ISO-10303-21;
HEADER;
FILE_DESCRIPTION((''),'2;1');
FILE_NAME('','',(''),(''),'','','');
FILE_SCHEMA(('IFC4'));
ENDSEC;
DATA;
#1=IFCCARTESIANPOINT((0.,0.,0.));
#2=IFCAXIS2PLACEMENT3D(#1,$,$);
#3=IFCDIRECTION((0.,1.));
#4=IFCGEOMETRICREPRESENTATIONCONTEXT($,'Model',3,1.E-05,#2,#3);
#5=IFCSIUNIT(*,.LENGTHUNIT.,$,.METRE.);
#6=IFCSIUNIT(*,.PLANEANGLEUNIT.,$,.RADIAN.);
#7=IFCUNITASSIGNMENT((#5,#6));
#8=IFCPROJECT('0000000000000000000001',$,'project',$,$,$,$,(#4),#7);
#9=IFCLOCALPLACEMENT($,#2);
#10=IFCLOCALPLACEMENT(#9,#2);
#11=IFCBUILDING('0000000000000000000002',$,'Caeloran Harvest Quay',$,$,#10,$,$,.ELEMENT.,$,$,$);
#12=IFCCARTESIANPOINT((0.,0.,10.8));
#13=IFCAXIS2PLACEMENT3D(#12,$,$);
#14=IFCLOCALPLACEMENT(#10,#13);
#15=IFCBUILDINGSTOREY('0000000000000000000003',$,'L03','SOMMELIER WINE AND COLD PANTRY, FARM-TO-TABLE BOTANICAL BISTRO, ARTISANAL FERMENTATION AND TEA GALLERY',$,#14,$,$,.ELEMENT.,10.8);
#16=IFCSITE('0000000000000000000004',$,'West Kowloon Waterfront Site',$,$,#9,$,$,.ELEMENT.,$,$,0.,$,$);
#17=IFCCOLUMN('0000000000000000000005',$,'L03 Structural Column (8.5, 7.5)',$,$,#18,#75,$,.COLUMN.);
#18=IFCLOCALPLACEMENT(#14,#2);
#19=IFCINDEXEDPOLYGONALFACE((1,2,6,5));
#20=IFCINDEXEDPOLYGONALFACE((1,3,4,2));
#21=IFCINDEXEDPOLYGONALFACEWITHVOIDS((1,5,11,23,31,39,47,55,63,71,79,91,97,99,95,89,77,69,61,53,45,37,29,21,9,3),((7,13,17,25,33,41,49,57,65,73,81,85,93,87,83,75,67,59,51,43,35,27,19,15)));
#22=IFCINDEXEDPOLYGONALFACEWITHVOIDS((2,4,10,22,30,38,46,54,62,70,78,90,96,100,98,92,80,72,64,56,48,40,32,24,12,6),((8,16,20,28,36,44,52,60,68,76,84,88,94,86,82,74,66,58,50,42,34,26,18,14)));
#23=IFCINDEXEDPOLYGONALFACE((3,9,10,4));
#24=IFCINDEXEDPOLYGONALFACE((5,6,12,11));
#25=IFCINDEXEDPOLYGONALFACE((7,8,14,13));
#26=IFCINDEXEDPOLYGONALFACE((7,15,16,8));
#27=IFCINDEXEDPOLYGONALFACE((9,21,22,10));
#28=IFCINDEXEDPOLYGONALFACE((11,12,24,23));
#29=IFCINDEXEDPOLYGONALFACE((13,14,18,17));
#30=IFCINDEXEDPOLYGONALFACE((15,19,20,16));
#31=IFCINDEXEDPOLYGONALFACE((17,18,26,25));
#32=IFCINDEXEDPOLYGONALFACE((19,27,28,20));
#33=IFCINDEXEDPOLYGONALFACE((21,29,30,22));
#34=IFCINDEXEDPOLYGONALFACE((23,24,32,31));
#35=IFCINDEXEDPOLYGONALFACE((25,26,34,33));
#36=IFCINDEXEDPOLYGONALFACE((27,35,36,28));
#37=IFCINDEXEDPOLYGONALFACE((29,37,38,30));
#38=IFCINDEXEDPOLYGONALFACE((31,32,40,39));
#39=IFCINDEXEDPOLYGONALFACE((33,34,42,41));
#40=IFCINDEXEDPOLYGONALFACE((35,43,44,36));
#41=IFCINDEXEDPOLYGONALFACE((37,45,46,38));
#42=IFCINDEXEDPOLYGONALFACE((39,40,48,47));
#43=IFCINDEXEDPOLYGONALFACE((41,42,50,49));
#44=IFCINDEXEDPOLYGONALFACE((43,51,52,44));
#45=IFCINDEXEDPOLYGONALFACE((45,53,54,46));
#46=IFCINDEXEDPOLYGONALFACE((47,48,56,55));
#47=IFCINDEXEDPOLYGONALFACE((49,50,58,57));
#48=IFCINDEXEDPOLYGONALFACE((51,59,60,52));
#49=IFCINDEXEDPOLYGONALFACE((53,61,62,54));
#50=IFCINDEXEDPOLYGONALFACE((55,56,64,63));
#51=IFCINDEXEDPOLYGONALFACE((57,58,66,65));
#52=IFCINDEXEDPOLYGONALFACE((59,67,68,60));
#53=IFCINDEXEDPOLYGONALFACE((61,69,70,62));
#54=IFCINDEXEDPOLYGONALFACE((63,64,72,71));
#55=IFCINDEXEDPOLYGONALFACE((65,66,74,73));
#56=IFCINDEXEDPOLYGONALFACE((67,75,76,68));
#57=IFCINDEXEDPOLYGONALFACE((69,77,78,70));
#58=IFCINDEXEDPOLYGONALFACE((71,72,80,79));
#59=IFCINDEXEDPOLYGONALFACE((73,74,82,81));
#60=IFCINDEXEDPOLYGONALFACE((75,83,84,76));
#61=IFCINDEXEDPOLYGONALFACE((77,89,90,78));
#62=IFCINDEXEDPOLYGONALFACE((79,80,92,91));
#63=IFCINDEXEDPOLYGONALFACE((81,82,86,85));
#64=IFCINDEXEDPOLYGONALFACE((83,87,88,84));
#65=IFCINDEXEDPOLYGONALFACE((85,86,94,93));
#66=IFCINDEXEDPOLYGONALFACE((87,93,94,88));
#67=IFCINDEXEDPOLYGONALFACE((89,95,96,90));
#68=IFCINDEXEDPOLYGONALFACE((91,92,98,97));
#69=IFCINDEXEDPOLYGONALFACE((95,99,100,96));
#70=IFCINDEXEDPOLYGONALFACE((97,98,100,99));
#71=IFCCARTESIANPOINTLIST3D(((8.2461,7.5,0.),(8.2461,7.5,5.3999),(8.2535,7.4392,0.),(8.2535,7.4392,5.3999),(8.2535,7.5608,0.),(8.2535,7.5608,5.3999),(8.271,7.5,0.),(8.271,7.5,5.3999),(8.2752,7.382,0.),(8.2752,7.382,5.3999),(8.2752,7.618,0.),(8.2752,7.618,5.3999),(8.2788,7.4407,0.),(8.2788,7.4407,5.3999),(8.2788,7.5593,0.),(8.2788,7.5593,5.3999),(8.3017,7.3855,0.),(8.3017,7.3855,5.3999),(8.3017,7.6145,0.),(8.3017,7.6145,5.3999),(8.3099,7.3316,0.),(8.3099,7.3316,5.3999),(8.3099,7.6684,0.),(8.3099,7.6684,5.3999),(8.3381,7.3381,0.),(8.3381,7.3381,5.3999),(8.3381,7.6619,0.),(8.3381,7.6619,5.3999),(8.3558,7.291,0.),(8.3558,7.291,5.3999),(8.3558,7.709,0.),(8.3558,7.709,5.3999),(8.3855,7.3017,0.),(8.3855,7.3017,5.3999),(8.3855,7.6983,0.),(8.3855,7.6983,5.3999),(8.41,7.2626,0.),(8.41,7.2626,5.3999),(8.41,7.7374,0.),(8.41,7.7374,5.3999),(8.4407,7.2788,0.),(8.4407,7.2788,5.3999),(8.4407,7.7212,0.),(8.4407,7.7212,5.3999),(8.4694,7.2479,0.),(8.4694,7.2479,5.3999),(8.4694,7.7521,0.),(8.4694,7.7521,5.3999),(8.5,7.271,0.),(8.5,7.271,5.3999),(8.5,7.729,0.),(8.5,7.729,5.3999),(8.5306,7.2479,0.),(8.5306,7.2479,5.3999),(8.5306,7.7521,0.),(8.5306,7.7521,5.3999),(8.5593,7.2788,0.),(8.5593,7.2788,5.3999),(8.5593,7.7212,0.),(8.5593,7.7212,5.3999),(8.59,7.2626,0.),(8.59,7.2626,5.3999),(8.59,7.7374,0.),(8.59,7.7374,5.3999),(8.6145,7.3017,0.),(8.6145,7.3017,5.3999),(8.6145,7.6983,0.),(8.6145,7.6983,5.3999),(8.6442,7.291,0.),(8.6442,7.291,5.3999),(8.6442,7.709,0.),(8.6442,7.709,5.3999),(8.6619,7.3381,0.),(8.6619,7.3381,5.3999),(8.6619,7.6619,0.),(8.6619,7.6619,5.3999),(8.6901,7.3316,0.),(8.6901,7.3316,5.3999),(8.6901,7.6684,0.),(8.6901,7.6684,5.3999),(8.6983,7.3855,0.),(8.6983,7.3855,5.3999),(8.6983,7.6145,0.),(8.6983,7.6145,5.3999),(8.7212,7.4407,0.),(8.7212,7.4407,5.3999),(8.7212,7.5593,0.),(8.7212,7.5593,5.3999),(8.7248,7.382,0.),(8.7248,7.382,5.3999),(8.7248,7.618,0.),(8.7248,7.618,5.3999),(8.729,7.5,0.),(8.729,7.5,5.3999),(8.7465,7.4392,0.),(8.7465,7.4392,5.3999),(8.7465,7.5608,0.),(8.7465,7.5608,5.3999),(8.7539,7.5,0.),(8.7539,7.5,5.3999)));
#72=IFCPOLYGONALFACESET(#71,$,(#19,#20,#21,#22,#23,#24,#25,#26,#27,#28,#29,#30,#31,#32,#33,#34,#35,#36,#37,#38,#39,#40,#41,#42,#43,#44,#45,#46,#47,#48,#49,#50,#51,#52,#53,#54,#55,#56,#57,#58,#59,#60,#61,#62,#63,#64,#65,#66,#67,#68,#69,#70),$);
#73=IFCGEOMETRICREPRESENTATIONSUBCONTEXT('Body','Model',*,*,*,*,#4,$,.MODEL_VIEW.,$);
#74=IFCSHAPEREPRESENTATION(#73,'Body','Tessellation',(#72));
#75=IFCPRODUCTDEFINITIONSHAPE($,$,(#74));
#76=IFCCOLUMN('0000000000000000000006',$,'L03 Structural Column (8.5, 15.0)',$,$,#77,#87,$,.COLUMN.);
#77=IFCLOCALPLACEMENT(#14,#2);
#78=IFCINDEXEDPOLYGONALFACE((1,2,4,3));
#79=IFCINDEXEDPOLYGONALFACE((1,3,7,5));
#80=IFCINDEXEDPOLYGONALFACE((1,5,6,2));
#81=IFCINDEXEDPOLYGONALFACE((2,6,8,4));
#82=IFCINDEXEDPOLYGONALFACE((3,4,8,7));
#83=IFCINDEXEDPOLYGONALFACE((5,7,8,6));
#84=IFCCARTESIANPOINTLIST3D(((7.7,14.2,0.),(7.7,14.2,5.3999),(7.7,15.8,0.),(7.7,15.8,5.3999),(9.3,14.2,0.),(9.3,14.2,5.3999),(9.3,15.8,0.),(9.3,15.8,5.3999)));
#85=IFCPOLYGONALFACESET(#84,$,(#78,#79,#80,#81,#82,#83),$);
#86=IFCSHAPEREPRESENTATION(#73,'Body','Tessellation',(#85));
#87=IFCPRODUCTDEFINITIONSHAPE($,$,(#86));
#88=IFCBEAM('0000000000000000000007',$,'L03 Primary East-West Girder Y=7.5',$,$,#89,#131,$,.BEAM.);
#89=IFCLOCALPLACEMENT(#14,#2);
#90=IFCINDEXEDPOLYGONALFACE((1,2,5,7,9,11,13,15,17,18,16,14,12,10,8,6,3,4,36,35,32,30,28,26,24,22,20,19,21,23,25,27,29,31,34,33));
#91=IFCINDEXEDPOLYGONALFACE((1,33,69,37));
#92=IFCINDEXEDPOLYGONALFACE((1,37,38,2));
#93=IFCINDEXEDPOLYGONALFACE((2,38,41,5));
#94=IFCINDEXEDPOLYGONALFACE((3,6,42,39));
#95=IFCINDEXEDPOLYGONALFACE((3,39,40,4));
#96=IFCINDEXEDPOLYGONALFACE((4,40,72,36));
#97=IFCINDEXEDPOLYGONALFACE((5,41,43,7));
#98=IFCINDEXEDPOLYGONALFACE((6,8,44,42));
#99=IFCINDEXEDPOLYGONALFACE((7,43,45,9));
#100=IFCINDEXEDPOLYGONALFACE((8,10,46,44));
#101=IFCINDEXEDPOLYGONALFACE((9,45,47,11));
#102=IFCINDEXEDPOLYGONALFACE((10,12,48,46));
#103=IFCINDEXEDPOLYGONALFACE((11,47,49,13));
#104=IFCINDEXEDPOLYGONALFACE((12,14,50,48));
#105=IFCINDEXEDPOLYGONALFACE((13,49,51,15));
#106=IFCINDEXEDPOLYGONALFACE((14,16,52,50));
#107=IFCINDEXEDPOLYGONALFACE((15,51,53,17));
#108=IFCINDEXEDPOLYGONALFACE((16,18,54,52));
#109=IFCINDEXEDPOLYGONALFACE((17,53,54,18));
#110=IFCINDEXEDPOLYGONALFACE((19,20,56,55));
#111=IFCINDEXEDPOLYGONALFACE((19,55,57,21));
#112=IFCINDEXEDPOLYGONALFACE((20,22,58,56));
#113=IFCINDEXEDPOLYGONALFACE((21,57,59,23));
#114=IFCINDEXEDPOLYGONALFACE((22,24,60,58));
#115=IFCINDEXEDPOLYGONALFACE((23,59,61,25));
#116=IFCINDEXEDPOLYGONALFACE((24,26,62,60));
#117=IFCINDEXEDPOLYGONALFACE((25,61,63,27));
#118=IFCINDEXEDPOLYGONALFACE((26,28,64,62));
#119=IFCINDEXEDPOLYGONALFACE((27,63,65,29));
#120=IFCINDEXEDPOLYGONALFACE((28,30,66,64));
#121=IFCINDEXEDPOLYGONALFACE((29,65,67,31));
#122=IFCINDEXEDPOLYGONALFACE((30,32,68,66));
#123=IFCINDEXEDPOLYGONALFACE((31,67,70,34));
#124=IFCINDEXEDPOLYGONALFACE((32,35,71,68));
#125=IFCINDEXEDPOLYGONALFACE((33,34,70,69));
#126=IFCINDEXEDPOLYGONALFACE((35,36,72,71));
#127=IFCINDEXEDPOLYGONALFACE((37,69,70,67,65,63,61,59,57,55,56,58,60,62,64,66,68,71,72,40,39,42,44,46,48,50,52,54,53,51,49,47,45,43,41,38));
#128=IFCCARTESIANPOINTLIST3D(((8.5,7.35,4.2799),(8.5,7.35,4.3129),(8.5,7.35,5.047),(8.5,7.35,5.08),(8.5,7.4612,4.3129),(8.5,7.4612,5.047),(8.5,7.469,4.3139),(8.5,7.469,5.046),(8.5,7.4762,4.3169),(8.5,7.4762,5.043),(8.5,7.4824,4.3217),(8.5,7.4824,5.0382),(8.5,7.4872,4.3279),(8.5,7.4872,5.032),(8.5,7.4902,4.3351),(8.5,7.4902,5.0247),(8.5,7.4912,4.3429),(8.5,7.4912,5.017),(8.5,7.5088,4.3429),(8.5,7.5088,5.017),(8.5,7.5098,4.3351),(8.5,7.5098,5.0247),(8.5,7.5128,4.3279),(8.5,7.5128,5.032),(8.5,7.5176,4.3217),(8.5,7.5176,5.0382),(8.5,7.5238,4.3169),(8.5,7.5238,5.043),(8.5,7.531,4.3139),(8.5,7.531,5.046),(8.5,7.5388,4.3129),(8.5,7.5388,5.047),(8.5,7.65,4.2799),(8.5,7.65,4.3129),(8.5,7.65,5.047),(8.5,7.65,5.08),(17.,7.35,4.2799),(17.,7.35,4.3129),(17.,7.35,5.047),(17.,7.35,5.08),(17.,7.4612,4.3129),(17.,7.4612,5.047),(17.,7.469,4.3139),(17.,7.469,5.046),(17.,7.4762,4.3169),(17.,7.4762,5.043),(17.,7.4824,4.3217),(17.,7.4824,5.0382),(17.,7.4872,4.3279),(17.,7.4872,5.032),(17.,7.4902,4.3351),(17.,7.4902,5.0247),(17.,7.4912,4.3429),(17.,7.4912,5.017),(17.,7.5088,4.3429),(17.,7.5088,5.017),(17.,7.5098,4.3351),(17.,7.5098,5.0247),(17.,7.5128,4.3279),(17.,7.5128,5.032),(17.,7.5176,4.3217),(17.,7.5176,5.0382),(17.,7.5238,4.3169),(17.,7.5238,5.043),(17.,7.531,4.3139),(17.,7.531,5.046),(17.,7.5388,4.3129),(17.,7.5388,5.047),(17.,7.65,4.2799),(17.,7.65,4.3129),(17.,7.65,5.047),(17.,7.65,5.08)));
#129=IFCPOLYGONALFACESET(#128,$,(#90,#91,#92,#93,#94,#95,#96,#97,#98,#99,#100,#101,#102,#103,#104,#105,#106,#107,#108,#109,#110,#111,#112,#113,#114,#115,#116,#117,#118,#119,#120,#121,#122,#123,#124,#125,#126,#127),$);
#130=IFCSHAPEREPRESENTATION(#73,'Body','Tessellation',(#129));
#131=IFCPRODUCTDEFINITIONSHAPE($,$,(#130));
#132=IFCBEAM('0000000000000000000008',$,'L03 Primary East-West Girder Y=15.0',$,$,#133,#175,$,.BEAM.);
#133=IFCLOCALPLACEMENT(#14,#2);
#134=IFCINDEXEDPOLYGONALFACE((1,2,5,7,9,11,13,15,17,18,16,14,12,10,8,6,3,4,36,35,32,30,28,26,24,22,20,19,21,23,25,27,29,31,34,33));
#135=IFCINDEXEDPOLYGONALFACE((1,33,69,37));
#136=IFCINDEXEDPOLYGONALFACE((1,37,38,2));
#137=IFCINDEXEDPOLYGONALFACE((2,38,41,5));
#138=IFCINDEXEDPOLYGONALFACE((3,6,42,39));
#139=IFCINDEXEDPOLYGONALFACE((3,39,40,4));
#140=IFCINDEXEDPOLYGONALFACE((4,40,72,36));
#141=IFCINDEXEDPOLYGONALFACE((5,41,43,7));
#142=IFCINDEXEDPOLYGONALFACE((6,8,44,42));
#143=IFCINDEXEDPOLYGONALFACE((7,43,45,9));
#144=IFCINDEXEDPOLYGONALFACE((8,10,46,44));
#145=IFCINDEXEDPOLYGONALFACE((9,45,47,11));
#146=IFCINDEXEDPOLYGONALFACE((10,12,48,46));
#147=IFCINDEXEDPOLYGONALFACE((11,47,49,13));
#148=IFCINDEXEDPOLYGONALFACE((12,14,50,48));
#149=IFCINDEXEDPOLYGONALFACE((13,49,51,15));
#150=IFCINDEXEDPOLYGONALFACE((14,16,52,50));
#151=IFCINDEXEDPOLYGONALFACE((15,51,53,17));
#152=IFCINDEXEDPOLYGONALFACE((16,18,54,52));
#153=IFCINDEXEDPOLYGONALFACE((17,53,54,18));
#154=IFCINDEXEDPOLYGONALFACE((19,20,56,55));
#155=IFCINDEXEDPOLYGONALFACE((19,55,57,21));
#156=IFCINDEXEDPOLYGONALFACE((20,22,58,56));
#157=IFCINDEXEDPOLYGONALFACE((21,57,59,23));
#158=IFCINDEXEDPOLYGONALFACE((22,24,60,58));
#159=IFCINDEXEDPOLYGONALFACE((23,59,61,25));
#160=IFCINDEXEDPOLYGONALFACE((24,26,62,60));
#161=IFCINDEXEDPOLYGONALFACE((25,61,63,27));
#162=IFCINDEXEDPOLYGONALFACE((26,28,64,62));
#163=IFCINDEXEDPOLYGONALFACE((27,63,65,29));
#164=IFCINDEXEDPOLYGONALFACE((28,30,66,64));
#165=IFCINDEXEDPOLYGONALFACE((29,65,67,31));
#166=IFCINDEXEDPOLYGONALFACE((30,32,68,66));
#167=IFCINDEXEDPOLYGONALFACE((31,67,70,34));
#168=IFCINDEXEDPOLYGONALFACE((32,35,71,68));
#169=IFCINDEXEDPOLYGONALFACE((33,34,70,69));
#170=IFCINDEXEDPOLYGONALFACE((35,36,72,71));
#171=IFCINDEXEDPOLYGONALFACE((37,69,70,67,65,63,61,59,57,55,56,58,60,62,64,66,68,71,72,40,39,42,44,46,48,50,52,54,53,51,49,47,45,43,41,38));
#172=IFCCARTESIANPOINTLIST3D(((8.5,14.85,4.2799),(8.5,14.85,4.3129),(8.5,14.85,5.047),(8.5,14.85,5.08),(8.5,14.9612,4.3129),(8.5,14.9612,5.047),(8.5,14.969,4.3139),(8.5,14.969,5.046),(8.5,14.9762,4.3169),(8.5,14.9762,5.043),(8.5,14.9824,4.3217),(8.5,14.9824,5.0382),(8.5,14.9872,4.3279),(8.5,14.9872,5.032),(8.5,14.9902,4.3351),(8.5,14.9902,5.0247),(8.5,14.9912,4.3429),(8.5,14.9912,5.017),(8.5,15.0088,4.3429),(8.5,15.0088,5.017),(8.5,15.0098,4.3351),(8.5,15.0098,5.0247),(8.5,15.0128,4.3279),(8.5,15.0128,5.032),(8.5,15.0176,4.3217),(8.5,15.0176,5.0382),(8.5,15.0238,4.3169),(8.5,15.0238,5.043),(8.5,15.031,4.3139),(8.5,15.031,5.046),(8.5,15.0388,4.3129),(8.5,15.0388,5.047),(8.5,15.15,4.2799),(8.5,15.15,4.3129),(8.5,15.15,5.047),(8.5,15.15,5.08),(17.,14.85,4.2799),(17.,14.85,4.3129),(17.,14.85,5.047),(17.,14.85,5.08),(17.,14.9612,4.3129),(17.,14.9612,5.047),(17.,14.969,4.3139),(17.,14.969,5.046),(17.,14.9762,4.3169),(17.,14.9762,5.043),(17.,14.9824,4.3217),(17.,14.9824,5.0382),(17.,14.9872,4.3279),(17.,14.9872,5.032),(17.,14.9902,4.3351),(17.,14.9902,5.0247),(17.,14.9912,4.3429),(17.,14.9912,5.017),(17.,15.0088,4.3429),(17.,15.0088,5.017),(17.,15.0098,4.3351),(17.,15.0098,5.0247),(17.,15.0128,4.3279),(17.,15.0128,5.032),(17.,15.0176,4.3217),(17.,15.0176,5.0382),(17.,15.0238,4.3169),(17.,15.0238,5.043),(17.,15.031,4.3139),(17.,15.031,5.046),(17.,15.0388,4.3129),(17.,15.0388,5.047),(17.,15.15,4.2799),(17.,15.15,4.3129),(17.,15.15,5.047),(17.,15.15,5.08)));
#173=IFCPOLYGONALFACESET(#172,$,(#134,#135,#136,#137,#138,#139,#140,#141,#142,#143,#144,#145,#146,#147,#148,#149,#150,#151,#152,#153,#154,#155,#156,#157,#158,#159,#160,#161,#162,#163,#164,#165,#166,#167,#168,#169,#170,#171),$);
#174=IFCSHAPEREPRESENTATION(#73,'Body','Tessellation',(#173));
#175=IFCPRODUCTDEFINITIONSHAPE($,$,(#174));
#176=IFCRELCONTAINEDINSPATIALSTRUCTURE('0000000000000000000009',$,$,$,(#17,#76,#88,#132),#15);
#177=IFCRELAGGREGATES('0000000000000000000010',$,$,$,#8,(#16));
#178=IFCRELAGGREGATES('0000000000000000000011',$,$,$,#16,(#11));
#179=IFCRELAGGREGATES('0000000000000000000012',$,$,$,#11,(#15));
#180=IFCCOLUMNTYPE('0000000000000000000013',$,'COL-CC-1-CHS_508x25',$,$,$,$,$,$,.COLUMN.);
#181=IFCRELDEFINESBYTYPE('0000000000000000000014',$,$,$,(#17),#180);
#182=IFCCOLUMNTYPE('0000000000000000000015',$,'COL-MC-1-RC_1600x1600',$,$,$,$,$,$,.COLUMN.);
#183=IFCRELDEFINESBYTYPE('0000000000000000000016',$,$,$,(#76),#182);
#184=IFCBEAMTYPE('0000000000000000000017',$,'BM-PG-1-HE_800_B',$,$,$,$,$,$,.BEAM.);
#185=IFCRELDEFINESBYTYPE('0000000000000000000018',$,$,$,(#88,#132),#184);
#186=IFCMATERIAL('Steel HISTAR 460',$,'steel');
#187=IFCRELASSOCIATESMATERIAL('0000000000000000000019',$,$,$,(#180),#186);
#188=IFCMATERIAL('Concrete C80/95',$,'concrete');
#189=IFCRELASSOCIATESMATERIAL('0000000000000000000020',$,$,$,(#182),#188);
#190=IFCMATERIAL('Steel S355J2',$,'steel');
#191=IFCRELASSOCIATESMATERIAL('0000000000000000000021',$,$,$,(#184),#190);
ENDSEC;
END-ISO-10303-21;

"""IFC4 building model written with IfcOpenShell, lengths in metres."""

from ifc_helpers import new_model, si_unit, direction, frame, origin, origin_2d, place, context, subcontext, project, spatial, rectangle, hollow_circle, i_section, extrude, material, material_profile, profile_set, type_object, element, save


model = new_model("IFC4")

# Units and contexts
model_context = context("Model", 3, precision=1e-05, world=origin(), true_north=direction((0.0, 1.0)))
body_context = subcontext(model_context, "Body", "Model", "MODEL_VIEW")
ifc_project = project(units=[si_unit("LENGTHUNIT", "METRE"), si_unit("PLANEANGLEUNIT", "RADIAN")], contexts=[model_context])

# Site, building, storey
site_placement = place(None, origin())
site = spatial("IfcSite", under=ifc_project, at=site_placement, Name="West Kowloon Waterfront Site", CompositionType="ELEMENT", RefElevation=0.0)
building_placement = place(site_placement, origin())
building = spatial("IfcBuilding", under=site, at=building_placement, Name="Caeloran Harvest Quay", CompositionType="ELEMENT")
storey_placement = place(building_placement, frame((0.0, 0.0, 10.8)))
storey = spatial("IfcBuildingStorey", under=building, at=storey_placement, Name="L03", Description="SOMMELIER WINE AND COLD PANTRY, FARM-TO-TABLE BOTANICAL BISTRO, ARTISANAL FERMENTATION AND TEA GALLERY", CompositionType="ELEMENT", Elevation=10.8)

# Columns
ifc_material_1 = material(Name="Steel HISTAR 460", Category="steel")
ifc_material_profile_1 = material_profile(ifc_material_1, hollow_circle(Radius=0.2539, WallThickness=0.0249, at=origin_2d()), Name="CHS 508x25")
ifc_profile_set_1 = profile_set([ifc_material_profile_1], Name="Steel HISTAR 460")
column_type_1 = type_object("IfcColumnType", Name="COL-CC-1-CHS_508x25", PredefinedType="COLUMN", material=ifc_profile_set_1)
column_1_placement = place(storey_placement, frame((8.5, 7.5, 0.0), z_axis=(0.0, 0.0, 1.0), x_axis=(1.0, 0.0, 0.0)))
element("IfcColumn", 1, at=column_1_placement, inside=storey, type_object=column_type_1, Name="L03 Structural Column (8.5, 7.5)", PredefinedType="COLUMN", context=body_context, shape_type="SweptSolid", body=[
    extrude(hollow_circle(Radius=0.2539, WallThickness=0.0249, at=origin_2d()), origin(), (0.0, 0.0, 1.0), 5.3999),
])
ifc_material_2 = material(Name="Concrete C80/95", Category="concrete")
ifc_material_profile_2 = material_profile(ifc_material_2, rectangle(XDim=1.6001, YDim=1.6001, at=origin_2d()), Name="RC 1600x1600")
ifc_profile_set_2 = profile_set([ifc_material_profile_2], Name="Concrete C80/95")
column_type_2 = type_object("IfcColumnType", Name="COL-MC-1-RC_1600x1600", PredefinedType="COLUMN", material=ifc_profile_set_2)
column_2_placement = place(storey_placement, frame((8.5, 15.0, 0.0), z_axis=(0.0, 0.0, 1.0), x_axis=(1.0, 0.0, 0.0)))
element("IfcColumn", 2, at=column_2_placement, inside=storey, type_object=column_type_2, Name="L03 Structural Column (8.5, 15.0)", PredefinedType="COLUMN", context=body_context, shape_type="SweptSolid", body=[
    extrude(rectangle(XDim=1.6001, YDim=1.6001, at=origin_2d()), origin(), (0.0, 0.0, 1.0), 5.3999),
])

# Beams
ifc_material_3 = material(Name="Steel S355J2", Category="steel")
ifc_material_profile_3 = material_profile(ifc_material_3, i_section(OverallWidth=0.3, OverallDepth=0.8, WebThickness=0.0176, FlangeThickness=0.033, FilletRadius=0.03, at=origin_2d()), Name="HE 800 B")
ifc_profile_set_3 = profile_set([ifc_material_profile_3], Name="Steel S355J2")
beam_type_1 = type_object("IfcBeamType", Name="BM-PG-1-HE_800_B", PredefinedType="BEAM", material=ifc_profile_set_3)
for number, where, z_axis, x_axis, name in (
    (3, (8.5, 7.5, 4.6799), (1.0, 0.0, 0.0), (0.0, 1.0, 0.0), "L03 Primary East-West Girder Y=7.5"),
    (4, (8.5, 15.0, 4.6799), (1.0, 0.0, 0.0), (0.0, 1.0, 0.0), "L03 Primary East-West Girder Y=15.0"),
):
    element("IfcBeam", number, at=place(storey_placement, frame(where, z_axis=z_axis, x_axis=x_axis)), inside=storey, type_object=beam_type_1, Name=name, PredefinedType="BEAM", context=body_context, shape_type="SweptSolid", body=[
        extrude(i_section(OverallWidth=0.3, OverallDepth=0.8, WebThickness=0.0176, FlangeThickness=0.033, FilletRadius=0.03, at=origin_2d()), origin(), (0.0, 0.0, 1.0), 8.5),
    ])

save(model, "model.ifc")
